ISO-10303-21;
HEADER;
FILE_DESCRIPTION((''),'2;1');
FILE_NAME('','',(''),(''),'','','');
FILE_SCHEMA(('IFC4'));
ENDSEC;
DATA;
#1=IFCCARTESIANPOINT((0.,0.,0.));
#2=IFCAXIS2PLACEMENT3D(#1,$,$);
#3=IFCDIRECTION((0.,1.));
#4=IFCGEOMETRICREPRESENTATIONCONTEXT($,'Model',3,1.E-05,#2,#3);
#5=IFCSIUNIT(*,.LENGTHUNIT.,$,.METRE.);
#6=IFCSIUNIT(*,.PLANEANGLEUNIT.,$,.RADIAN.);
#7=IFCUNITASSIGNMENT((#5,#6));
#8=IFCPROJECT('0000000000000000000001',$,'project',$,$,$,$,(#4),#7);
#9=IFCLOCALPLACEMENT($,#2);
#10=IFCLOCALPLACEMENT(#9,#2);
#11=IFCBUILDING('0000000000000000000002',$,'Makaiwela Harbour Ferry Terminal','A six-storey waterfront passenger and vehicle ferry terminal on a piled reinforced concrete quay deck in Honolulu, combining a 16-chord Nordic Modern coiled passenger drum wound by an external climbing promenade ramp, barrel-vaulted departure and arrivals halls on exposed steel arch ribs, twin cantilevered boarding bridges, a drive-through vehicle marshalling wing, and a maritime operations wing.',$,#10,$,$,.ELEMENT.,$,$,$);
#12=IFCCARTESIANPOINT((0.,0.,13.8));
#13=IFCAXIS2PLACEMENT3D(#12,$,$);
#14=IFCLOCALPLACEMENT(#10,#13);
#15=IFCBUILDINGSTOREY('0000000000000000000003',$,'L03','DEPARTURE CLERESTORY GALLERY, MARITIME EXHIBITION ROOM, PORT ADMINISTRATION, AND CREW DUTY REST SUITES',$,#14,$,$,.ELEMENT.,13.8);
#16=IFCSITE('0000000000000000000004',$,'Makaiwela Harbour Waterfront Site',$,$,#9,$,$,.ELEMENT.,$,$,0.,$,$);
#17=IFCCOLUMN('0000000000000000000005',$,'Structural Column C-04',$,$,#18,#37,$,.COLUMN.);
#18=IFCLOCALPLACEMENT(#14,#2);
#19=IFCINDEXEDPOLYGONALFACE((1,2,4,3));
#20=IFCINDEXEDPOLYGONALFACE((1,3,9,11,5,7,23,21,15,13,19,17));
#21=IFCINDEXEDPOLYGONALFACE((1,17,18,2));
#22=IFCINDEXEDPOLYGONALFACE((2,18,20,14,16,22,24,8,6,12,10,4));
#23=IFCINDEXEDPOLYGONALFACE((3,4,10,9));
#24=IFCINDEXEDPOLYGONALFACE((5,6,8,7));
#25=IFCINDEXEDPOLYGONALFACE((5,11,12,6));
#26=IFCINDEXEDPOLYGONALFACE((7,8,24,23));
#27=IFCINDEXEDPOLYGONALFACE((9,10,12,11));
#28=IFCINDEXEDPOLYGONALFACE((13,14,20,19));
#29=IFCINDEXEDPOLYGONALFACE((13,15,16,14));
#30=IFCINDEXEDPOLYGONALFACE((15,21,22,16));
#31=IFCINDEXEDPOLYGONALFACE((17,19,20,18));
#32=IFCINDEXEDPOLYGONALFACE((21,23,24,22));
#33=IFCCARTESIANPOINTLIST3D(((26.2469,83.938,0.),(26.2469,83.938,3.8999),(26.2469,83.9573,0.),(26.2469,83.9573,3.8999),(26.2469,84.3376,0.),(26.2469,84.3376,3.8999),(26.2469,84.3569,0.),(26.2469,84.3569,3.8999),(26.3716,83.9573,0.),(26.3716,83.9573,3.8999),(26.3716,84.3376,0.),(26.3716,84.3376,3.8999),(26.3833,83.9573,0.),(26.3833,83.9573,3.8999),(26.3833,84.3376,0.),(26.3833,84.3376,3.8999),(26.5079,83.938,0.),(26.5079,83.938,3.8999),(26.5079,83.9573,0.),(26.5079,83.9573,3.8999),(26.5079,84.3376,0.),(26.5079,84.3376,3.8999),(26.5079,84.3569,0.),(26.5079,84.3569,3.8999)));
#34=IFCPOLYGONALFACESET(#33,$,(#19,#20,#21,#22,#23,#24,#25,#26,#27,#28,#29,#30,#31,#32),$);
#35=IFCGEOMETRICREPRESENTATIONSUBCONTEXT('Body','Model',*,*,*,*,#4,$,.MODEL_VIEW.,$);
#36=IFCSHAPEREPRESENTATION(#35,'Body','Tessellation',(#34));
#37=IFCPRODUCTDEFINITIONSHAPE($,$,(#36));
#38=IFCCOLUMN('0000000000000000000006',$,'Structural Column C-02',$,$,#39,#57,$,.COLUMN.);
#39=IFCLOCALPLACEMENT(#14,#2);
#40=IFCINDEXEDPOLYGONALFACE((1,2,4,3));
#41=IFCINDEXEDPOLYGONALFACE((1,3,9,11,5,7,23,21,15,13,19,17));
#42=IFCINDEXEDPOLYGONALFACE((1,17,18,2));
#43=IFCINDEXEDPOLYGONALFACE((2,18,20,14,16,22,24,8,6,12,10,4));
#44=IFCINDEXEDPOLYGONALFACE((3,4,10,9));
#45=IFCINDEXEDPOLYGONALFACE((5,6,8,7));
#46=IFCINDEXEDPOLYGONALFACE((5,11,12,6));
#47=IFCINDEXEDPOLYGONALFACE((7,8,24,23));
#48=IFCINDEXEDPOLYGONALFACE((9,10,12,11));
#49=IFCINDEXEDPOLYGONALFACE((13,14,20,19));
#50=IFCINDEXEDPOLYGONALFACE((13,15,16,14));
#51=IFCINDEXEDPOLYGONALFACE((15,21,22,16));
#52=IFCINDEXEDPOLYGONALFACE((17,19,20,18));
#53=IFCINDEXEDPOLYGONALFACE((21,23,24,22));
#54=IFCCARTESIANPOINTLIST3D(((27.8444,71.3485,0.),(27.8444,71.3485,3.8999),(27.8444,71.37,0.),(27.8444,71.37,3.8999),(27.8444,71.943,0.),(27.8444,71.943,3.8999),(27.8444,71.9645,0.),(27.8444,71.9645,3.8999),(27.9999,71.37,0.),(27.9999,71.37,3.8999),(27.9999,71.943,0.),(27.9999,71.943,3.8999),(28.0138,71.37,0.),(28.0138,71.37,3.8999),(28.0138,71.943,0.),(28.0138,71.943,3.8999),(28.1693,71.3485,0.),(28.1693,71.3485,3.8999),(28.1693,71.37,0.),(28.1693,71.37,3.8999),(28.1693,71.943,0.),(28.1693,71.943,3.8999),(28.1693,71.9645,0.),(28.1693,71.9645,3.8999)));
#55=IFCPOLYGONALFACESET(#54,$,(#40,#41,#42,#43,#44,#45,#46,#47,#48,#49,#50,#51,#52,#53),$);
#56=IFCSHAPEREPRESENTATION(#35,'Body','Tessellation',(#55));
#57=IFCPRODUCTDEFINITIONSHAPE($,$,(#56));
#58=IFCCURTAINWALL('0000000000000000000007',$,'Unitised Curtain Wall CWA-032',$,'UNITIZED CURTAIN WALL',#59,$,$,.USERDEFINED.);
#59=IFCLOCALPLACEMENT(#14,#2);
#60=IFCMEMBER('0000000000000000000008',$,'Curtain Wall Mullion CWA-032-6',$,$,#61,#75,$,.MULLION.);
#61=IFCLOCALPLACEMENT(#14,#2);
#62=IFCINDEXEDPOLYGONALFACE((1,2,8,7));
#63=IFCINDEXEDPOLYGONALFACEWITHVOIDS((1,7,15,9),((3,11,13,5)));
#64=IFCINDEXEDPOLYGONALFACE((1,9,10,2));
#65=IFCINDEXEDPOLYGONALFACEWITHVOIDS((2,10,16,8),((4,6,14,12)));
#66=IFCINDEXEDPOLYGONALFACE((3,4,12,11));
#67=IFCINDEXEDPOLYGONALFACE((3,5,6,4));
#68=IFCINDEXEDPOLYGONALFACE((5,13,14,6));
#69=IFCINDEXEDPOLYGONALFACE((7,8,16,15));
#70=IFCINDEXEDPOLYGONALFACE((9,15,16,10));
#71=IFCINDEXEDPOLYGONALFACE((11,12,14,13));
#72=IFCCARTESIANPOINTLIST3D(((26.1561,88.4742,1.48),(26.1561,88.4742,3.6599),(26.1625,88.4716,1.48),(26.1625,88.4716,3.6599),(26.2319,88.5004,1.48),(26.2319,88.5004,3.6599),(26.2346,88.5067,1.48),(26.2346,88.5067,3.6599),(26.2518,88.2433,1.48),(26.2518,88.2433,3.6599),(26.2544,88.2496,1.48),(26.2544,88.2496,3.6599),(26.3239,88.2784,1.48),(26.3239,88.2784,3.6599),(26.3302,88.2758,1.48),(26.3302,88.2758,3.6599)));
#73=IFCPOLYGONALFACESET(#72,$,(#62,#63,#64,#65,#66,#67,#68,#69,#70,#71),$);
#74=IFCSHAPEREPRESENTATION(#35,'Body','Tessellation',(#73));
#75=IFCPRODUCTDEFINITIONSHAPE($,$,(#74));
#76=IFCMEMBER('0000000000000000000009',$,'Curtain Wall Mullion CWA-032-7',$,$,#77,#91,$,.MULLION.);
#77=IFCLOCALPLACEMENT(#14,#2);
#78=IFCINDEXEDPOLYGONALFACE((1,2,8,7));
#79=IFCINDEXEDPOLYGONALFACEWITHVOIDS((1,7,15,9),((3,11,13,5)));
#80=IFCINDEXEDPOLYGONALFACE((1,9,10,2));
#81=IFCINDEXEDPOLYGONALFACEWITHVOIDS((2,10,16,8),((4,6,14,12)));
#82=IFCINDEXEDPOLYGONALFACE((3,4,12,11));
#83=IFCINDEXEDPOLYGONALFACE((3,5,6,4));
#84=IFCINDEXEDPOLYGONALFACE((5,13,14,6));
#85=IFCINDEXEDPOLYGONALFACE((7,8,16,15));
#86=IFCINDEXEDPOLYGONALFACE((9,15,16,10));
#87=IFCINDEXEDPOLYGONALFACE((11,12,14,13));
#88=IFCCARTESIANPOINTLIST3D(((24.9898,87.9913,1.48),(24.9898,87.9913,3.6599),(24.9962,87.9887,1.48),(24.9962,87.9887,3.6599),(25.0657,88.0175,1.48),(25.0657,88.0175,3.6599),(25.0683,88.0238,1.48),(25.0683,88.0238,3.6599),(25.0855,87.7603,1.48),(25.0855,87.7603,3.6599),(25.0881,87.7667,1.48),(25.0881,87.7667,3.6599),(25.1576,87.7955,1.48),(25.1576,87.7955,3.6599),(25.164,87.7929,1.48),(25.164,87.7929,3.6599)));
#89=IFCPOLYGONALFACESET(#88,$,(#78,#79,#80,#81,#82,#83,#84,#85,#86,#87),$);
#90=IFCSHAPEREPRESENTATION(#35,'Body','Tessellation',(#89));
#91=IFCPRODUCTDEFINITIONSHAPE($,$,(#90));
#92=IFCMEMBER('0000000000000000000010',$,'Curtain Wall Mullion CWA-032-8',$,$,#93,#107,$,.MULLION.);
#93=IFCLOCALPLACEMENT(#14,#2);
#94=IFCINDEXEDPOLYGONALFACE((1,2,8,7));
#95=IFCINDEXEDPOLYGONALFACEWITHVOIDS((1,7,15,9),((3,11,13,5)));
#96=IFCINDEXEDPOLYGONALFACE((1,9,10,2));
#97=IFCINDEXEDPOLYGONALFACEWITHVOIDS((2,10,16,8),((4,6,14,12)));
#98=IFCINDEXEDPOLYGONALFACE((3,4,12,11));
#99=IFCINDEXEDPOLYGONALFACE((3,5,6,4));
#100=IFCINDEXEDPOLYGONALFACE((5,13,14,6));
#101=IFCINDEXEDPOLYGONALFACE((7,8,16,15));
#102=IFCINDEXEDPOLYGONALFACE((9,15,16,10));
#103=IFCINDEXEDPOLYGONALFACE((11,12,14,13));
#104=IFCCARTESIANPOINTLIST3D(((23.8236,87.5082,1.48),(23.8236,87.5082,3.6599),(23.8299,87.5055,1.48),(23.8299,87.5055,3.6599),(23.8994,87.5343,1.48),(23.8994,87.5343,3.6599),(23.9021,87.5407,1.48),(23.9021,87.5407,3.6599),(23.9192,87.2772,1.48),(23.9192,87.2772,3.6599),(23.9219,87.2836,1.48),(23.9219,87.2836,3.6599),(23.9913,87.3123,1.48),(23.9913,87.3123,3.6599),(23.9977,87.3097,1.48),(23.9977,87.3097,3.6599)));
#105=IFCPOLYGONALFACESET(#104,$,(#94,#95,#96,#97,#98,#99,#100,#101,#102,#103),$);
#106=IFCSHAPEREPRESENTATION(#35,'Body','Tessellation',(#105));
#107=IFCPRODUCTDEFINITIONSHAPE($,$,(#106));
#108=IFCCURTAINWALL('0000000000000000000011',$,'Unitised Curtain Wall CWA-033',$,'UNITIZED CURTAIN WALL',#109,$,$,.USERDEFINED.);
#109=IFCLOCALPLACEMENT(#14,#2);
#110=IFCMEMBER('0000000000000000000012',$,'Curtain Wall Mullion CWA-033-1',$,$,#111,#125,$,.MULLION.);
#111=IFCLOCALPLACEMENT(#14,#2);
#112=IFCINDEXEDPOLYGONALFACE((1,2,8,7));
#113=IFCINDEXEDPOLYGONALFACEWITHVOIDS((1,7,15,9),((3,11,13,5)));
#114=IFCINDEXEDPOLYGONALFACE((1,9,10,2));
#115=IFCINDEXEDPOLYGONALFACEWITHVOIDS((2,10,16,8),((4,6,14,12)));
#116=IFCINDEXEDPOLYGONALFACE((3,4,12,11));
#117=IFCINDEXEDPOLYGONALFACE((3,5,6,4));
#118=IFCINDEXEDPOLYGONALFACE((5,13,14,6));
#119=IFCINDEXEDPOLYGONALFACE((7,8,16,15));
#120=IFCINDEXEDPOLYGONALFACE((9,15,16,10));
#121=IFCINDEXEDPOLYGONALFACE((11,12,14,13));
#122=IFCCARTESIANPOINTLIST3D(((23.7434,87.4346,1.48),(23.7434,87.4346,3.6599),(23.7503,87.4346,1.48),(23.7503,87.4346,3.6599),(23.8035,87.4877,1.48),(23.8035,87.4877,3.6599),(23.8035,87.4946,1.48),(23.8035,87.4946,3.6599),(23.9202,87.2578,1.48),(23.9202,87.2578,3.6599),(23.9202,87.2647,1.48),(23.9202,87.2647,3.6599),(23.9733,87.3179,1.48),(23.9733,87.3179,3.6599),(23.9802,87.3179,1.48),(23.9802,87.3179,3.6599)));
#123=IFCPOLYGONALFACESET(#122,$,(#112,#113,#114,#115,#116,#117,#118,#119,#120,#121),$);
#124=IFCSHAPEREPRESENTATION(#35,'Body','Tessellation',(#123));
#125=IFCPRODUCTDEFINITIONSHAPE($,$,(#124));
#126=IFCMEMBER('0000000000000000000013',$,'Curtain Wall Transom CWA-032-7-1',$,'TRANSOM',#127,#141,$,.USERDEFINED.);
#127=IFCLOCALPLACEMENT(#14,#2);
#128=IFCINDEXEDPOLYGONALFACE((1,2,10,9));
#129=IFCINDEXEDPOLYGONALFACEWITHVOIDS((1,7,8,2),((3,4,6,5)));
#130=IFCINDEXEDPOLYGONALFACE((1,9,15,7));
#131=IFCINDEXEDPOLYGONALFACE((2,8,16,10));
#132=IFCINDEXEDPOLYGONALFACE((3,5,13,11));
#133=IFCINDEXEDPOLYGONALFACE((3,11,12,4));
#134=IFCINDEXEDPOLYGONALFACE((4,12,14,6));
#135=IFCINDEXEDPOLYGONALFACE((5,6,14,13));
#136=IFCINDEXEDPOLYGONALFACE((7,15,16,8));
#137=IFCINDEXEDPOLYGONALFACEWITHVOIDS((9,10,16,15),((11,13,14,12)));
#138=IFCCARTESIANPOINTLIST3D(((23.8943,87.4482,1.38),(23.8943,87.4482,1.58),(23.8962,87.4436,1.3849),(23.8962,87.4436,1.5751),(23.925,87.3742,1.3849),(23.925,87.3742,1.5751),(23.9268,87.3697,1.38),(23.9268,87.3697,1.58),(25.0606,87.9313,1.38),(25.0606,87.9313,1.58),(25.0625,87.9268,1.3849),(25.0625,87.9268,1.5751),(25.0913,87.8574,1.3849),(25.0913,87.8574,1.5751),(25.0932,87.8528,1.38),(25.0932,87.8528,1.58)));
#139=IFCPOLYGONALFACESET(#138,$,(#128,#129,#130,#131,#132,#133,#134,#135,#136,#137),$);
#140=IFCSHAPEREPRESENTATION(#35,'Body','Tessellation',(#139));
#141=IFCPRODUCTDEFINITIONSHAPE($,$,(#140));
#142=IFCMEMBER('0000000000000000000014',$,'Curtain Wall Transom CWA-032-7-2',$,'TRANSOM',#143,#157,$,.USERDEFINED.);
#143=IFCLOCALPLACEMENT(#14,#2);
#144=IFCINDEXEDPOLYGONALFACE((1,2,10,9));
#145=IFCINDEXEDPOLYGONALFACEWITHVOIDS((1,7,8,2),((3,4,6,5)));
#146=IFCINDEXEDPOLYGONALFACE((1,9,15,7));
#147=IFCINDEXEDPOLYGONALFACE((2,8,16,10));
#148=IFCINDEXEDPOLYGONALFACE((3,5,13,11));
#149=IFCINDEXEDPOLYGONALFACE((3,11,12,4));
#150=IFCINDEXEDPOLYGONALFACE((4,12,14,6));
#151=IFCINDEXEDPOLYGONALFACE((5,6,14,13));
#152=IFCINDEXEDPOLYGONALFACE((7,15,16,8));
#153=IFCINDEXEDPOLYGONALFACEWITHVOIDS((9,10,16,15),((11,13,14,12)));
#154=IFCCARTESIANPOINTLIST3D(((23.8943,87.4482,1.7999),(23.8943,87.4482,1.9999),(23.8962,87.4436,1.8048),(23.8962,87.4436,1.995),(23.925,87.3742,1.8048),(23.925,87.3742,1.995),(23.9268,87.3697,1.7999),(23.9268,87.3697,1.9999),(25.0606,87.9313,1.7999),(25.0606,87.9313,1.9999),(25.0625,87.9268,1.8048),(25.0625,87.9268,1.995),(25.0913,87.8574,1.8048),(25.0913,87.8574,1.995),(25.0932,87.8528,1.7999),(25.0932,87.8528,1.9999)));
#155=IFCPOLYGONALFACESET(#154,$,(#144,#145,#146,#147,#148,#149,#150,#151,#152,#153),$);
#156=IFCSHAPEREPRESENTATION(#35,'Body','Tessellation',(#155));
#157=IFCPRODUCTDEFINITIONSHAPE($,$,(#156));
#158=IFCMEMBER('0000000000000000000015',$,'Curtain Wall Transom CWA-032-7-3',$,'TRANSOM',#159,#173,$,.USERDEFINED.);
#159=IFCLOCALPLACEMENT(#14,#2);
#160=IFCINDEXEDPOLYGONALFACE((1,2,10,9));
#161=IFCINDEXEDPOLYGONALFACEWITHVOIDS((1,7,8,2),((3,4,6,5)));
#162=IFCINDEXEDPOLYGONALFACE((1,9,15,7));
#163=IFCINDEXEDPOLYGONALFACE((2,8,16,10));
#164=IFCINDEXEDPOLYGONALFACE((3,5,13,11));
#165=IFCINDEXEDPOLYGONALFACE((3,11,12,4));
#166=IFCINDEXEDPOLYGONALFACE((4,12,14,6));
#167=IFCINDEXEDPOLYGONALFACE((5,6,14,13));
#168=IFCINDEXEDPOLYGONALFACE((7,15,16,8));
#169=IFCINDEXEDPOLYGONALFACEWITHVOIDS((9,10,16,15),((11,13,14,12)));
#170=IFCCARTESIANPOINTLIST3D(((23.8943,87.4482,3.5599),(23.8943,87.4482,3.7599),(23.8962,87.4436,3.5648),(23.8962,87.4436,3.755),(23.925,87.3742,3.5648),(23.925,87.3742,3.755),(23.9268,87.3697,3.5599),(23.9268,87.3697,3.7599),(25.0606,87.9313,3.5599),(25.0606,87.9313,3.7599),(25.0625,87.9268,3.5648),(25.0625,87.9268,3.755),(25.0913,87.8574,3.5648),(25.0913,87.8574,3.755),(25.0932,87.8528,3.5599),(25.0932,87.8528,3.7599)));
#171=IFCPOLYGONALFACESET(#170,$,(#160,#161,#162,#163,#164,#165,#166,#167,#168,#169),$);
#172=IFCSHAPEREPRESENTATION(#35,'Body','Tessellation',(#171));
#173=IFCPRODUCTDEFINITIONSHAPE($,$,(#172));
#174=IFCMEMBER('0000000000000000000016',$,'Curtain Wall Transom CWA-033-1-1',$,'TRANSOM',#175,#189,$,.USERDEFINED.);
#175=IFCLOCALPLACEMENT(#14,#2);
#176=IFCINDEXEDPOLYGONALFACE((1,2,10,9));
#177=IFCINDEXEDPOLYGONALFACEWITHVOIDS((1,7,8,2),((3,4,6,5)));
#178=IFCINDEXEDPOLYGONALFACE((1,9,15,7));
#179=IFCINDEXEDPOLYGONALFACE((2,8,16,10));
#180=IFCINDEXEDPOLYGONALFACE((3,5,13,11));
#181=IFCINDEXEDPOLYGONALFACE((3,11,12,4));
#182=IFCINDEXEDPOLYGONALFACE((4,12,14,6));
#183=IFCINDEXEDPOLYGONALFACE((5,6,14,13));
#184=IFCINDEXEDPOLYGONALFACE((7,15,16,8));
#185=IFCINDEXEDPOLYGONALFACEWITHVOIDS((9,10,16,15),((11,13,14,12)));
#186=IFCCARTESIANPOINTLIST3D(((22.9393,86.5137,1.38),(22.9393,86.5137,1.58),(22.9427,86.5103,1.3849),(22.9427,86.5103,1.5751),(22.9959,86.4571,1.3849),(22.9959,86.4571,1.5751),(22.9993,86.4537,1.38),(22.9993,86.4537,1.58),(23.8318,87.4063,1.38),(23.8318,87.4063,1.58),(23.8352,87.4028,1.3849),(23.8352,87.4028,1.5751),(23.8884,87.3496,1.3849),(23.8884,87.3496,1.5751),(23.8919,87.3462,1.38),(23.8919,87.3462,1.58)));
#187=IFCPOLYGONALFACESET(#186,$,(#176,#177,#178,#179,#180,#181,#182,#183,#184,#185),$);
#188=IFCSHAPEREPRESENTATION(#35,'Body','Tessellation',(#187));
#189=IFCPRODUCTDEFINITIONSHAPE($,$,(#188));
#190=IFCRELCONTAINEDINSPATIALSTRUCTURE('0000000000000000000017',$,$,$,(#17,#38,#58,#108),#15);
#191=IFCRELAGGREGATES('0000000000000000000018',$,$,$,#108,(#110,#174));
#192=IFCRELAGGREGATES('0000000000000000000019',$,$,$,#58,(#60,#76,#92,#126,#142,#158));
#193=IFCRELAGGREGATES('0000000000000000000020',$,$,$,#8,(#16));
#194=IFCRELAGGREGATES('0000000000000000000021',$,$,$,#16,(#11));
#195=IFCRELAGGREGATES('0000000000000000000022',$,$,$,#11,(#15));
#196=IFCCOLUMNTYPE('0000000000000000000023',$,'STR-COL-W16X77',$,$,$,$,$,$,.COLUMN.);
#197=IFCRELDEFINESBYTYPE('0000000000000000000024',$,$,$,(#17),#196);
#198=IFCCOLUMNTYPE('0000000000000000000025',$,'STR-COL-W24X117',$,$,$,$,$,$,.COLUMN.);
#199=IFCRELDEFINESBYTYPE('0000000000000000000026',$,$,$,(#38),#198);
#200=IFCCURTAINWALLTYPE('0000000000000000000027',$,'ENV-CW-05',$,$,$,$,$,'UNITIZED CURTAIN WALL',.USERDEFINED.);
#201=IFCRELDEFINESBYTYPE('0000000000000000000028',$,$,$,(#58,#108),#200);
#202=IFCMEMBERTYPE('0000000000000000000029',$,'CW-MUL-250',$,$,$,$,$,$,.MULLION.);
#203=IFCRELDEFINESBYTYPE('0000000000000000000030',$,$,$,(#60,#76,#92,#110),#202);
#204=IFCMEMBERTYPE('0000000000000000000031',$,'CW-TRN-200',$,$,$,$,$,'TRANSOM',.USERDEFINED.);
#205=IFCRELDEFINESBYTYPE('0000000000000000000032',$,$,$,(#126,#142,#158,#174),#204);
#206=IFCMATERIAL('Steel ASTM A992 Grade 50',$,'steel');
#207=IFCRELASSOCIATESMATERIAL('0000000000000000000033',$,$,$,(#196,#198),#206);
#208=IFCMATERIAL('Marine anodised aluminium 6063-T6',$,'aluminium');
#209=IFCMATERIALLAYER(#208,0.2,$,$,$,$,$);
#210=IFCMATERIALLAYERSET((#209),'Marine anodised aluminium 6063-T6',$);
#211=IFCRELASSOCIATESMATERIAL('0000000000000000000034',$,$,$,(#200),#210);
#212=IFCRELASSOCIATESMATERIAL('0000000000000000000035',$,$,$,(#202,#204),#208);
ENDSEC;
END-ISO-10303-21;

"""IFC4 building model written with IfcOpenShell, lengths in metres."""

from ifc_helpers import new_model, si_unit, direction, frame, origin, origin_2d, place, context, subcontext, project, spatial, hollow_rectangle, i_section, extrude, material, layer, layer_set, material_profile, profile_set, type_object, element, aggregate, save


model = new_model("IFC4")

# Units and contexts
model_context = context("Model", 3, precision=1e-05, world=origin(), true_north=direction((0.0, 1.0)))
body_context = subcontext(model_context, "Body", "Model", "MODEL_VIEW")
ifc_project = project(units=[si_unit("LENGTHUNIT", "METRE"), si_unit("PLANEANGLEUNIT", "RADIAN")], contexts=[model_context])

# Site, building, storey
site_placement = place(None, origin())
site = spatial("IfcSite", under=ifc_project, at=site_placement, Name="Makaiwela Harbour Waterfront Site", CompositionType="ELEMENT", RefElevation=0.0)
building_placement = place(site_placement, origin())
building = spatial("IfcBuilding", under=site, at=building_placement, Name="Makaiwela Harbour Ferry Terminal", Description="A six-storey waterfront passenger and vehicle ferry terminal on a piled reinforced concrete quay deck in Honolulu, combining a 16-chord Nordic Modern coiled passenger drum wound by an external climbing promenade ramp, barrel-vaulted departure and arrivals halls on exposed steel arch ribs, twin cantilevered boarding bridges, a drive-through vehicle marshalling wing, and a maritime operations wing.", CompositionType="ELEMENT")
storey_placement = place(building_placement, frame((0.0, 0.0, 13.8)))
storey = spatial("IfcBuildingStorey", under=building, at=storey_placement, Name="L03", Description="DEPARTURE CLERESTORY GALLERY, MARITIME EXHIBITION ROOM, PORT ADMINISTRATION, AND CREW DUTY REST SUITES", CompositionType="ELEMENT", Elevation=13.8)

# Columns
ifc_material_1 = material(Name="Steel ASTM A992 Grade 50", Category="steel")
ifc_material_profile_1 = material_profile(ifc_material_1, i_section(OverallWidth=0.261, OverallDepth=0.4189, WebThickness=0.0117, FlangeThickness=0.0193, at=origin_2d()), Name="W16X77")
ifc_profile_set_1 = profile_set([ifc_material_profile_1], Name="Steel ASTM A992 Grade 50")
column_type_1 = type_object("IfcColumnType", Name="STR-COL-W16X77", PredefinedType="COLUMN", material=ifc_profile_set_1)
column_1_placement = place(storey_placement, frame((26.3774, 84.1475, 0.0), z_axis=(0.0, 0.0, 1.0), x_axis=(1.0, 0.0, 0.0)))
element("IfcColumn", 1, at=column_1_placement, inside=storey, type_object=column_type_1, Name="Structural Column C-04", PredefinedType="COLUMN", context=body_context, shape_type="SweptSolid", body=[
    extrude(i_section(OverallWidth=0.261, OverallDepth=0.4189, WebThickness=0.0117, FlangeThickness=0.0193, at=origin_2d()), origin(), (0.0, 0.0, 1.0), 3.8999),
])
ifc_material_profile_2 = material_profile(ifc_material_1, i_section(OverallWidth=0.325, OverallDepth=0.616, WebThickness=0.0139, FlangeThickness=0.0215, at=origin_2d()), Name="W24X117")
ifc_profile_set_2 = profile_set([ifc_material_profile_2], Name="Steel ASTM A992 Grade 50")
column_type_2 = type_object("IfcColumnType", Name="STR-COL-W24X117", PredefinedType="COLUMN", material=ifc_profile_set_2)
column_2_placement = place(storey_placement, frame((28.0068, 71.6565, 0.0), z_axis=(0.0, 0.0, 1.0), x_axis=(1.0, 0.0, 0.0)))
element("IfcColumn", 2, at=column_2_placement, inside=storey, type_object=column_type_2, Name="Structural Column C-02", PredefinedType="COLUMN", context=body_context, shape_type="SweptSolid", body=[
    extrude(i_section(OverallWidth=0.325, OverallDepth=0.616, WebThickness=0.0139, FlangeThickness=0.0215, at=origin_2d()), origin(), (0.0, 0.0, 1.0), 3.8999),
])

# Curtain wall, members
ifc_material_2 = material(Name="Marine anodised aluminium 6063-T6", Category="aluminium")
ifc_layer_1 = layer(ifc_material_2, 0.2)
ifc_layer_set_1 = layer_set([ifc_layer_1], Name="Marine anodised aluminium 6063-T6")
curtain_wall_type = type_object("IfcCurtainWallType", Name="ENV-CW-05", ElementType="UNITIZED CURTAIN WALL", PredefinedType="USERDEFINED", material=ifc_layer_set_1)
curtain_wall_1_placement = place(storey_placement, origin())
curtain_wall_1 = element("IfcCurtainWall", 3, at=curtain_wall_1_placement, inside=storey, type_object=curtain_wall_type, Name="Unitised Curtain Wall CWA-032", ObjectType="UNITIZED CURTAIN WALL", PredefinedType="USERDEFINED")
ifc_material_profile_3 = material_profile(ifc_material_2, hollow_rectangle(XDim=0.085, YDim=0.25, WallThickness=0.0049, at=origin_2d()), Name="CWM-250X85")
ifc_profile_set_3 = profile_set([ifc_material_profile_3], Name="Marine anodised aluminium 6063-T6")
member_type_1 = type_object("IfcMemberType", Name="CW-MUL-250", PredefinedType="MULLION", material=ifc_profile_set_3)
member_1_placement = place(storey_placement, frame((26.2432, 88.375, 1.48), z_axis=(0.0, 0.0, 1.0), x_axis=(0.92388, 0.382683, 0.0)))
member_1 = element("IfcMember", 4, at=member_1_placement, type_object=member_type_1, Name="Curtain Wall Mullion CWA-032-6", PredefinedType="MULLION", context=body_context, shape_type="SweptSolid", body=[
    extrude(hollow_rectangle(XDim=0.085, YDim=0.25, WallThickness=0.0049, at=origin_2d()), origin(), (0.0, 0.0, 1.0), 2.1799),
])
member_2_placement = place(storey_placement, frame((25.0769, 87.8921, 1.48), z_axis=(0.0, 0.0, 1.0), x_axis=(0.92388, 0.382683, 0.0)))
member_2 = element("IfcMember", 5, at=member_2_placement, type_object=member_type_1, Name="Curtain Wall Mullion CWA-032-7", PredefinedType="MULLION", context=body_context, shape_type="SweptSolid", body=[
    extrude(hollow_rectangle(XDim=0.085, YDim=0.25, WallThickness=0.0049, at=origin_2d()), origin(), (0.0, 0.0, 1.0), 2.1799),
])
member_3_placement = place(storey_placement, frame((23.9106, 87.4089, 1.48), z_axis=(0.0, 0.0, 1.0), x_axis=(0.92388, 0.382683, 0.0)))
member_3 = element("IfcMember", 6, at=member_3_placement, type_object=member_type_1, Name="Curtain Wall Mullion CWA-032-8", PredefinedType="MULLION", context=body_context, shape_type="SweptSolid", body=[
    extrude(hollow_rectangle(XDim=0.085, YDim=0.25, WallThickness=0.0049, at=origin_2d()), origin(), (0.0, 0.0, 1.0), 2.1799),
])

# Curtain wall, member
curtain_wall_2_placement = place(storey_placement, origin())
curtain_wall_2 = element("IfcCurtainWall", 7, at=curtain_wall_2_placement, inside=storey, type_object=curtain_wall_type, Name="Unitised Curtain Wall CWA-033", ObjectType="UNITIZED CURTAIN WALL", PredefinedType="USERDEFINED")
member_4_placement = place(storey_placement, frame((23.8618, 87.3762, 1.48), z_axis=(0.0, 0.0, 1.0), x_axis=(0.707107, 0.707107, 0.0)))
member_4 = element("IfcMember", 8, at=member_4_placement, type_object=member_type_1, Name="Curtain Wall Mullion CWA-033-1", PredefinedType="MULLION", context=body_context, shape_type="SweptSolid", body=[
    extrude(hollow_rectangle(XDim=0.085, YDim=0.25, WallThickness=0.0049, at=origin_2d()), origin(), (0.0, 0.0, 1.0), 2.1799),
])

# Members
ifc_material_profile_4 = material_profile(ifc_material_2, hollow_rectangle(XDim=0.085, YDim=0.2, WallThickness=0.0049, at=origin_2d()), Name="CWT-200X85")
ifc_profile_set_4 = profile_set([ifc_material_profile_4], Name="Marine anodised aluminium 6063-T6")
member_type_2 = type_object("IfcMemberType", Name="CW-TRN-200", ElementType="TRANSOM", PredefinedType="USERDEFINED", material=ifc_profile_set_4)
member_5_placement = place(storey_placement, frame((25.0769, 87.8921, 1.48), z_axis=(-0.923859, -0.382733, 0.0), x_axis=(0.382733, -0.923859, 0.0)))
member_5 = element("IfcMember", 9, at=member_5_placement, type_object=member_type_2, Name="Curtain Wall Transom CWA-032-7-1", ObjectType="TRANSOM", PredefinedType="USERDEFINED", context=body_context, shape_type="SweptSolid", body=[
    extrude(hollow_rectangle(XDim=0.085, YDim=0.2, WallThickness=0.0049, at=origin_2d()), origin(), (0.0, 0.0, 1.0), 1.2625),
])
member_6_placement = place(storey_placement, frame((25.0769, 87.8921, 1.8999), z_axis=(-0.923859, -0.382733, 0.0), x_axis=(0.382733, -0.923859, 0.0)))
member_6 = element("IfcMember", 10, at=member_6_placement, type_object=member_type_2, Name="Curtain Wall Transom CWA-032-7-2", ObjectType="TRANSOM", PredefinedType="USERDEFINED", context=body_context, shape_type="SweptSolid", body=[
    extrude(hollow_rectangle(XDim=0.085, YDim=0.2, WallThickness=0.0049, at=origin_2d()), origin(), (0.0, 0.0, 1.0), 1.2625),
])
member_7_placement = place(storey_placement, frame((25.0769, 87.8921, 3.6599), z_axis=(-0.923859, -0.382733, 0.0), x_axis=(0.382733, -0.923859, 0.0)))
member_7 = element("IfcMember", 11, at=member_7_placement, type_object=member_type_2, Name="Curtain Wall Transom CWA-032-7-3", ObjectType="TRANSOM", PredefinedType="USERDEFINED", context=body_context, shape_type="SweptSolid", body=[
    extrude(hollow_rectangle(XDim=0.085, YDim=0.2, WallThickness=0.0049, at=origin_2d()), origin(), (0.0, 0.0, 1.0), 1.2625),
])
member_8_placement = place(storey_placement, frame((23.8618, 87.3762, 1.48), z_axis=(-0.707107, -0.707107, 0.0), x_axis=(0.707107, -0.707107, 0.0)))
member_8 = element("IfcMember", 12, at=member_8_placement, type_object=member_type_2, Name="Curtain Wall Transom CWA-033-1-1", ObjectType="TRANSOM", PredefinedType="USERDEFINED", context=body_context, shape_type="SweptSolid", body=[
    extrude(hollow_rectangle(XDim=0.085, YDim=0.2, WallThickness=0.0049, at=origin_2d()), origin(), (0.0, 0.0, 1.0), 1.2622),
])
aggregate(curtain_wall_2, [member_4, member_8])

aggregate(curtain_wall_1, [member_1, member_2, member_3, member_5, member_6, member_7])

save(model, "model.ifc")
